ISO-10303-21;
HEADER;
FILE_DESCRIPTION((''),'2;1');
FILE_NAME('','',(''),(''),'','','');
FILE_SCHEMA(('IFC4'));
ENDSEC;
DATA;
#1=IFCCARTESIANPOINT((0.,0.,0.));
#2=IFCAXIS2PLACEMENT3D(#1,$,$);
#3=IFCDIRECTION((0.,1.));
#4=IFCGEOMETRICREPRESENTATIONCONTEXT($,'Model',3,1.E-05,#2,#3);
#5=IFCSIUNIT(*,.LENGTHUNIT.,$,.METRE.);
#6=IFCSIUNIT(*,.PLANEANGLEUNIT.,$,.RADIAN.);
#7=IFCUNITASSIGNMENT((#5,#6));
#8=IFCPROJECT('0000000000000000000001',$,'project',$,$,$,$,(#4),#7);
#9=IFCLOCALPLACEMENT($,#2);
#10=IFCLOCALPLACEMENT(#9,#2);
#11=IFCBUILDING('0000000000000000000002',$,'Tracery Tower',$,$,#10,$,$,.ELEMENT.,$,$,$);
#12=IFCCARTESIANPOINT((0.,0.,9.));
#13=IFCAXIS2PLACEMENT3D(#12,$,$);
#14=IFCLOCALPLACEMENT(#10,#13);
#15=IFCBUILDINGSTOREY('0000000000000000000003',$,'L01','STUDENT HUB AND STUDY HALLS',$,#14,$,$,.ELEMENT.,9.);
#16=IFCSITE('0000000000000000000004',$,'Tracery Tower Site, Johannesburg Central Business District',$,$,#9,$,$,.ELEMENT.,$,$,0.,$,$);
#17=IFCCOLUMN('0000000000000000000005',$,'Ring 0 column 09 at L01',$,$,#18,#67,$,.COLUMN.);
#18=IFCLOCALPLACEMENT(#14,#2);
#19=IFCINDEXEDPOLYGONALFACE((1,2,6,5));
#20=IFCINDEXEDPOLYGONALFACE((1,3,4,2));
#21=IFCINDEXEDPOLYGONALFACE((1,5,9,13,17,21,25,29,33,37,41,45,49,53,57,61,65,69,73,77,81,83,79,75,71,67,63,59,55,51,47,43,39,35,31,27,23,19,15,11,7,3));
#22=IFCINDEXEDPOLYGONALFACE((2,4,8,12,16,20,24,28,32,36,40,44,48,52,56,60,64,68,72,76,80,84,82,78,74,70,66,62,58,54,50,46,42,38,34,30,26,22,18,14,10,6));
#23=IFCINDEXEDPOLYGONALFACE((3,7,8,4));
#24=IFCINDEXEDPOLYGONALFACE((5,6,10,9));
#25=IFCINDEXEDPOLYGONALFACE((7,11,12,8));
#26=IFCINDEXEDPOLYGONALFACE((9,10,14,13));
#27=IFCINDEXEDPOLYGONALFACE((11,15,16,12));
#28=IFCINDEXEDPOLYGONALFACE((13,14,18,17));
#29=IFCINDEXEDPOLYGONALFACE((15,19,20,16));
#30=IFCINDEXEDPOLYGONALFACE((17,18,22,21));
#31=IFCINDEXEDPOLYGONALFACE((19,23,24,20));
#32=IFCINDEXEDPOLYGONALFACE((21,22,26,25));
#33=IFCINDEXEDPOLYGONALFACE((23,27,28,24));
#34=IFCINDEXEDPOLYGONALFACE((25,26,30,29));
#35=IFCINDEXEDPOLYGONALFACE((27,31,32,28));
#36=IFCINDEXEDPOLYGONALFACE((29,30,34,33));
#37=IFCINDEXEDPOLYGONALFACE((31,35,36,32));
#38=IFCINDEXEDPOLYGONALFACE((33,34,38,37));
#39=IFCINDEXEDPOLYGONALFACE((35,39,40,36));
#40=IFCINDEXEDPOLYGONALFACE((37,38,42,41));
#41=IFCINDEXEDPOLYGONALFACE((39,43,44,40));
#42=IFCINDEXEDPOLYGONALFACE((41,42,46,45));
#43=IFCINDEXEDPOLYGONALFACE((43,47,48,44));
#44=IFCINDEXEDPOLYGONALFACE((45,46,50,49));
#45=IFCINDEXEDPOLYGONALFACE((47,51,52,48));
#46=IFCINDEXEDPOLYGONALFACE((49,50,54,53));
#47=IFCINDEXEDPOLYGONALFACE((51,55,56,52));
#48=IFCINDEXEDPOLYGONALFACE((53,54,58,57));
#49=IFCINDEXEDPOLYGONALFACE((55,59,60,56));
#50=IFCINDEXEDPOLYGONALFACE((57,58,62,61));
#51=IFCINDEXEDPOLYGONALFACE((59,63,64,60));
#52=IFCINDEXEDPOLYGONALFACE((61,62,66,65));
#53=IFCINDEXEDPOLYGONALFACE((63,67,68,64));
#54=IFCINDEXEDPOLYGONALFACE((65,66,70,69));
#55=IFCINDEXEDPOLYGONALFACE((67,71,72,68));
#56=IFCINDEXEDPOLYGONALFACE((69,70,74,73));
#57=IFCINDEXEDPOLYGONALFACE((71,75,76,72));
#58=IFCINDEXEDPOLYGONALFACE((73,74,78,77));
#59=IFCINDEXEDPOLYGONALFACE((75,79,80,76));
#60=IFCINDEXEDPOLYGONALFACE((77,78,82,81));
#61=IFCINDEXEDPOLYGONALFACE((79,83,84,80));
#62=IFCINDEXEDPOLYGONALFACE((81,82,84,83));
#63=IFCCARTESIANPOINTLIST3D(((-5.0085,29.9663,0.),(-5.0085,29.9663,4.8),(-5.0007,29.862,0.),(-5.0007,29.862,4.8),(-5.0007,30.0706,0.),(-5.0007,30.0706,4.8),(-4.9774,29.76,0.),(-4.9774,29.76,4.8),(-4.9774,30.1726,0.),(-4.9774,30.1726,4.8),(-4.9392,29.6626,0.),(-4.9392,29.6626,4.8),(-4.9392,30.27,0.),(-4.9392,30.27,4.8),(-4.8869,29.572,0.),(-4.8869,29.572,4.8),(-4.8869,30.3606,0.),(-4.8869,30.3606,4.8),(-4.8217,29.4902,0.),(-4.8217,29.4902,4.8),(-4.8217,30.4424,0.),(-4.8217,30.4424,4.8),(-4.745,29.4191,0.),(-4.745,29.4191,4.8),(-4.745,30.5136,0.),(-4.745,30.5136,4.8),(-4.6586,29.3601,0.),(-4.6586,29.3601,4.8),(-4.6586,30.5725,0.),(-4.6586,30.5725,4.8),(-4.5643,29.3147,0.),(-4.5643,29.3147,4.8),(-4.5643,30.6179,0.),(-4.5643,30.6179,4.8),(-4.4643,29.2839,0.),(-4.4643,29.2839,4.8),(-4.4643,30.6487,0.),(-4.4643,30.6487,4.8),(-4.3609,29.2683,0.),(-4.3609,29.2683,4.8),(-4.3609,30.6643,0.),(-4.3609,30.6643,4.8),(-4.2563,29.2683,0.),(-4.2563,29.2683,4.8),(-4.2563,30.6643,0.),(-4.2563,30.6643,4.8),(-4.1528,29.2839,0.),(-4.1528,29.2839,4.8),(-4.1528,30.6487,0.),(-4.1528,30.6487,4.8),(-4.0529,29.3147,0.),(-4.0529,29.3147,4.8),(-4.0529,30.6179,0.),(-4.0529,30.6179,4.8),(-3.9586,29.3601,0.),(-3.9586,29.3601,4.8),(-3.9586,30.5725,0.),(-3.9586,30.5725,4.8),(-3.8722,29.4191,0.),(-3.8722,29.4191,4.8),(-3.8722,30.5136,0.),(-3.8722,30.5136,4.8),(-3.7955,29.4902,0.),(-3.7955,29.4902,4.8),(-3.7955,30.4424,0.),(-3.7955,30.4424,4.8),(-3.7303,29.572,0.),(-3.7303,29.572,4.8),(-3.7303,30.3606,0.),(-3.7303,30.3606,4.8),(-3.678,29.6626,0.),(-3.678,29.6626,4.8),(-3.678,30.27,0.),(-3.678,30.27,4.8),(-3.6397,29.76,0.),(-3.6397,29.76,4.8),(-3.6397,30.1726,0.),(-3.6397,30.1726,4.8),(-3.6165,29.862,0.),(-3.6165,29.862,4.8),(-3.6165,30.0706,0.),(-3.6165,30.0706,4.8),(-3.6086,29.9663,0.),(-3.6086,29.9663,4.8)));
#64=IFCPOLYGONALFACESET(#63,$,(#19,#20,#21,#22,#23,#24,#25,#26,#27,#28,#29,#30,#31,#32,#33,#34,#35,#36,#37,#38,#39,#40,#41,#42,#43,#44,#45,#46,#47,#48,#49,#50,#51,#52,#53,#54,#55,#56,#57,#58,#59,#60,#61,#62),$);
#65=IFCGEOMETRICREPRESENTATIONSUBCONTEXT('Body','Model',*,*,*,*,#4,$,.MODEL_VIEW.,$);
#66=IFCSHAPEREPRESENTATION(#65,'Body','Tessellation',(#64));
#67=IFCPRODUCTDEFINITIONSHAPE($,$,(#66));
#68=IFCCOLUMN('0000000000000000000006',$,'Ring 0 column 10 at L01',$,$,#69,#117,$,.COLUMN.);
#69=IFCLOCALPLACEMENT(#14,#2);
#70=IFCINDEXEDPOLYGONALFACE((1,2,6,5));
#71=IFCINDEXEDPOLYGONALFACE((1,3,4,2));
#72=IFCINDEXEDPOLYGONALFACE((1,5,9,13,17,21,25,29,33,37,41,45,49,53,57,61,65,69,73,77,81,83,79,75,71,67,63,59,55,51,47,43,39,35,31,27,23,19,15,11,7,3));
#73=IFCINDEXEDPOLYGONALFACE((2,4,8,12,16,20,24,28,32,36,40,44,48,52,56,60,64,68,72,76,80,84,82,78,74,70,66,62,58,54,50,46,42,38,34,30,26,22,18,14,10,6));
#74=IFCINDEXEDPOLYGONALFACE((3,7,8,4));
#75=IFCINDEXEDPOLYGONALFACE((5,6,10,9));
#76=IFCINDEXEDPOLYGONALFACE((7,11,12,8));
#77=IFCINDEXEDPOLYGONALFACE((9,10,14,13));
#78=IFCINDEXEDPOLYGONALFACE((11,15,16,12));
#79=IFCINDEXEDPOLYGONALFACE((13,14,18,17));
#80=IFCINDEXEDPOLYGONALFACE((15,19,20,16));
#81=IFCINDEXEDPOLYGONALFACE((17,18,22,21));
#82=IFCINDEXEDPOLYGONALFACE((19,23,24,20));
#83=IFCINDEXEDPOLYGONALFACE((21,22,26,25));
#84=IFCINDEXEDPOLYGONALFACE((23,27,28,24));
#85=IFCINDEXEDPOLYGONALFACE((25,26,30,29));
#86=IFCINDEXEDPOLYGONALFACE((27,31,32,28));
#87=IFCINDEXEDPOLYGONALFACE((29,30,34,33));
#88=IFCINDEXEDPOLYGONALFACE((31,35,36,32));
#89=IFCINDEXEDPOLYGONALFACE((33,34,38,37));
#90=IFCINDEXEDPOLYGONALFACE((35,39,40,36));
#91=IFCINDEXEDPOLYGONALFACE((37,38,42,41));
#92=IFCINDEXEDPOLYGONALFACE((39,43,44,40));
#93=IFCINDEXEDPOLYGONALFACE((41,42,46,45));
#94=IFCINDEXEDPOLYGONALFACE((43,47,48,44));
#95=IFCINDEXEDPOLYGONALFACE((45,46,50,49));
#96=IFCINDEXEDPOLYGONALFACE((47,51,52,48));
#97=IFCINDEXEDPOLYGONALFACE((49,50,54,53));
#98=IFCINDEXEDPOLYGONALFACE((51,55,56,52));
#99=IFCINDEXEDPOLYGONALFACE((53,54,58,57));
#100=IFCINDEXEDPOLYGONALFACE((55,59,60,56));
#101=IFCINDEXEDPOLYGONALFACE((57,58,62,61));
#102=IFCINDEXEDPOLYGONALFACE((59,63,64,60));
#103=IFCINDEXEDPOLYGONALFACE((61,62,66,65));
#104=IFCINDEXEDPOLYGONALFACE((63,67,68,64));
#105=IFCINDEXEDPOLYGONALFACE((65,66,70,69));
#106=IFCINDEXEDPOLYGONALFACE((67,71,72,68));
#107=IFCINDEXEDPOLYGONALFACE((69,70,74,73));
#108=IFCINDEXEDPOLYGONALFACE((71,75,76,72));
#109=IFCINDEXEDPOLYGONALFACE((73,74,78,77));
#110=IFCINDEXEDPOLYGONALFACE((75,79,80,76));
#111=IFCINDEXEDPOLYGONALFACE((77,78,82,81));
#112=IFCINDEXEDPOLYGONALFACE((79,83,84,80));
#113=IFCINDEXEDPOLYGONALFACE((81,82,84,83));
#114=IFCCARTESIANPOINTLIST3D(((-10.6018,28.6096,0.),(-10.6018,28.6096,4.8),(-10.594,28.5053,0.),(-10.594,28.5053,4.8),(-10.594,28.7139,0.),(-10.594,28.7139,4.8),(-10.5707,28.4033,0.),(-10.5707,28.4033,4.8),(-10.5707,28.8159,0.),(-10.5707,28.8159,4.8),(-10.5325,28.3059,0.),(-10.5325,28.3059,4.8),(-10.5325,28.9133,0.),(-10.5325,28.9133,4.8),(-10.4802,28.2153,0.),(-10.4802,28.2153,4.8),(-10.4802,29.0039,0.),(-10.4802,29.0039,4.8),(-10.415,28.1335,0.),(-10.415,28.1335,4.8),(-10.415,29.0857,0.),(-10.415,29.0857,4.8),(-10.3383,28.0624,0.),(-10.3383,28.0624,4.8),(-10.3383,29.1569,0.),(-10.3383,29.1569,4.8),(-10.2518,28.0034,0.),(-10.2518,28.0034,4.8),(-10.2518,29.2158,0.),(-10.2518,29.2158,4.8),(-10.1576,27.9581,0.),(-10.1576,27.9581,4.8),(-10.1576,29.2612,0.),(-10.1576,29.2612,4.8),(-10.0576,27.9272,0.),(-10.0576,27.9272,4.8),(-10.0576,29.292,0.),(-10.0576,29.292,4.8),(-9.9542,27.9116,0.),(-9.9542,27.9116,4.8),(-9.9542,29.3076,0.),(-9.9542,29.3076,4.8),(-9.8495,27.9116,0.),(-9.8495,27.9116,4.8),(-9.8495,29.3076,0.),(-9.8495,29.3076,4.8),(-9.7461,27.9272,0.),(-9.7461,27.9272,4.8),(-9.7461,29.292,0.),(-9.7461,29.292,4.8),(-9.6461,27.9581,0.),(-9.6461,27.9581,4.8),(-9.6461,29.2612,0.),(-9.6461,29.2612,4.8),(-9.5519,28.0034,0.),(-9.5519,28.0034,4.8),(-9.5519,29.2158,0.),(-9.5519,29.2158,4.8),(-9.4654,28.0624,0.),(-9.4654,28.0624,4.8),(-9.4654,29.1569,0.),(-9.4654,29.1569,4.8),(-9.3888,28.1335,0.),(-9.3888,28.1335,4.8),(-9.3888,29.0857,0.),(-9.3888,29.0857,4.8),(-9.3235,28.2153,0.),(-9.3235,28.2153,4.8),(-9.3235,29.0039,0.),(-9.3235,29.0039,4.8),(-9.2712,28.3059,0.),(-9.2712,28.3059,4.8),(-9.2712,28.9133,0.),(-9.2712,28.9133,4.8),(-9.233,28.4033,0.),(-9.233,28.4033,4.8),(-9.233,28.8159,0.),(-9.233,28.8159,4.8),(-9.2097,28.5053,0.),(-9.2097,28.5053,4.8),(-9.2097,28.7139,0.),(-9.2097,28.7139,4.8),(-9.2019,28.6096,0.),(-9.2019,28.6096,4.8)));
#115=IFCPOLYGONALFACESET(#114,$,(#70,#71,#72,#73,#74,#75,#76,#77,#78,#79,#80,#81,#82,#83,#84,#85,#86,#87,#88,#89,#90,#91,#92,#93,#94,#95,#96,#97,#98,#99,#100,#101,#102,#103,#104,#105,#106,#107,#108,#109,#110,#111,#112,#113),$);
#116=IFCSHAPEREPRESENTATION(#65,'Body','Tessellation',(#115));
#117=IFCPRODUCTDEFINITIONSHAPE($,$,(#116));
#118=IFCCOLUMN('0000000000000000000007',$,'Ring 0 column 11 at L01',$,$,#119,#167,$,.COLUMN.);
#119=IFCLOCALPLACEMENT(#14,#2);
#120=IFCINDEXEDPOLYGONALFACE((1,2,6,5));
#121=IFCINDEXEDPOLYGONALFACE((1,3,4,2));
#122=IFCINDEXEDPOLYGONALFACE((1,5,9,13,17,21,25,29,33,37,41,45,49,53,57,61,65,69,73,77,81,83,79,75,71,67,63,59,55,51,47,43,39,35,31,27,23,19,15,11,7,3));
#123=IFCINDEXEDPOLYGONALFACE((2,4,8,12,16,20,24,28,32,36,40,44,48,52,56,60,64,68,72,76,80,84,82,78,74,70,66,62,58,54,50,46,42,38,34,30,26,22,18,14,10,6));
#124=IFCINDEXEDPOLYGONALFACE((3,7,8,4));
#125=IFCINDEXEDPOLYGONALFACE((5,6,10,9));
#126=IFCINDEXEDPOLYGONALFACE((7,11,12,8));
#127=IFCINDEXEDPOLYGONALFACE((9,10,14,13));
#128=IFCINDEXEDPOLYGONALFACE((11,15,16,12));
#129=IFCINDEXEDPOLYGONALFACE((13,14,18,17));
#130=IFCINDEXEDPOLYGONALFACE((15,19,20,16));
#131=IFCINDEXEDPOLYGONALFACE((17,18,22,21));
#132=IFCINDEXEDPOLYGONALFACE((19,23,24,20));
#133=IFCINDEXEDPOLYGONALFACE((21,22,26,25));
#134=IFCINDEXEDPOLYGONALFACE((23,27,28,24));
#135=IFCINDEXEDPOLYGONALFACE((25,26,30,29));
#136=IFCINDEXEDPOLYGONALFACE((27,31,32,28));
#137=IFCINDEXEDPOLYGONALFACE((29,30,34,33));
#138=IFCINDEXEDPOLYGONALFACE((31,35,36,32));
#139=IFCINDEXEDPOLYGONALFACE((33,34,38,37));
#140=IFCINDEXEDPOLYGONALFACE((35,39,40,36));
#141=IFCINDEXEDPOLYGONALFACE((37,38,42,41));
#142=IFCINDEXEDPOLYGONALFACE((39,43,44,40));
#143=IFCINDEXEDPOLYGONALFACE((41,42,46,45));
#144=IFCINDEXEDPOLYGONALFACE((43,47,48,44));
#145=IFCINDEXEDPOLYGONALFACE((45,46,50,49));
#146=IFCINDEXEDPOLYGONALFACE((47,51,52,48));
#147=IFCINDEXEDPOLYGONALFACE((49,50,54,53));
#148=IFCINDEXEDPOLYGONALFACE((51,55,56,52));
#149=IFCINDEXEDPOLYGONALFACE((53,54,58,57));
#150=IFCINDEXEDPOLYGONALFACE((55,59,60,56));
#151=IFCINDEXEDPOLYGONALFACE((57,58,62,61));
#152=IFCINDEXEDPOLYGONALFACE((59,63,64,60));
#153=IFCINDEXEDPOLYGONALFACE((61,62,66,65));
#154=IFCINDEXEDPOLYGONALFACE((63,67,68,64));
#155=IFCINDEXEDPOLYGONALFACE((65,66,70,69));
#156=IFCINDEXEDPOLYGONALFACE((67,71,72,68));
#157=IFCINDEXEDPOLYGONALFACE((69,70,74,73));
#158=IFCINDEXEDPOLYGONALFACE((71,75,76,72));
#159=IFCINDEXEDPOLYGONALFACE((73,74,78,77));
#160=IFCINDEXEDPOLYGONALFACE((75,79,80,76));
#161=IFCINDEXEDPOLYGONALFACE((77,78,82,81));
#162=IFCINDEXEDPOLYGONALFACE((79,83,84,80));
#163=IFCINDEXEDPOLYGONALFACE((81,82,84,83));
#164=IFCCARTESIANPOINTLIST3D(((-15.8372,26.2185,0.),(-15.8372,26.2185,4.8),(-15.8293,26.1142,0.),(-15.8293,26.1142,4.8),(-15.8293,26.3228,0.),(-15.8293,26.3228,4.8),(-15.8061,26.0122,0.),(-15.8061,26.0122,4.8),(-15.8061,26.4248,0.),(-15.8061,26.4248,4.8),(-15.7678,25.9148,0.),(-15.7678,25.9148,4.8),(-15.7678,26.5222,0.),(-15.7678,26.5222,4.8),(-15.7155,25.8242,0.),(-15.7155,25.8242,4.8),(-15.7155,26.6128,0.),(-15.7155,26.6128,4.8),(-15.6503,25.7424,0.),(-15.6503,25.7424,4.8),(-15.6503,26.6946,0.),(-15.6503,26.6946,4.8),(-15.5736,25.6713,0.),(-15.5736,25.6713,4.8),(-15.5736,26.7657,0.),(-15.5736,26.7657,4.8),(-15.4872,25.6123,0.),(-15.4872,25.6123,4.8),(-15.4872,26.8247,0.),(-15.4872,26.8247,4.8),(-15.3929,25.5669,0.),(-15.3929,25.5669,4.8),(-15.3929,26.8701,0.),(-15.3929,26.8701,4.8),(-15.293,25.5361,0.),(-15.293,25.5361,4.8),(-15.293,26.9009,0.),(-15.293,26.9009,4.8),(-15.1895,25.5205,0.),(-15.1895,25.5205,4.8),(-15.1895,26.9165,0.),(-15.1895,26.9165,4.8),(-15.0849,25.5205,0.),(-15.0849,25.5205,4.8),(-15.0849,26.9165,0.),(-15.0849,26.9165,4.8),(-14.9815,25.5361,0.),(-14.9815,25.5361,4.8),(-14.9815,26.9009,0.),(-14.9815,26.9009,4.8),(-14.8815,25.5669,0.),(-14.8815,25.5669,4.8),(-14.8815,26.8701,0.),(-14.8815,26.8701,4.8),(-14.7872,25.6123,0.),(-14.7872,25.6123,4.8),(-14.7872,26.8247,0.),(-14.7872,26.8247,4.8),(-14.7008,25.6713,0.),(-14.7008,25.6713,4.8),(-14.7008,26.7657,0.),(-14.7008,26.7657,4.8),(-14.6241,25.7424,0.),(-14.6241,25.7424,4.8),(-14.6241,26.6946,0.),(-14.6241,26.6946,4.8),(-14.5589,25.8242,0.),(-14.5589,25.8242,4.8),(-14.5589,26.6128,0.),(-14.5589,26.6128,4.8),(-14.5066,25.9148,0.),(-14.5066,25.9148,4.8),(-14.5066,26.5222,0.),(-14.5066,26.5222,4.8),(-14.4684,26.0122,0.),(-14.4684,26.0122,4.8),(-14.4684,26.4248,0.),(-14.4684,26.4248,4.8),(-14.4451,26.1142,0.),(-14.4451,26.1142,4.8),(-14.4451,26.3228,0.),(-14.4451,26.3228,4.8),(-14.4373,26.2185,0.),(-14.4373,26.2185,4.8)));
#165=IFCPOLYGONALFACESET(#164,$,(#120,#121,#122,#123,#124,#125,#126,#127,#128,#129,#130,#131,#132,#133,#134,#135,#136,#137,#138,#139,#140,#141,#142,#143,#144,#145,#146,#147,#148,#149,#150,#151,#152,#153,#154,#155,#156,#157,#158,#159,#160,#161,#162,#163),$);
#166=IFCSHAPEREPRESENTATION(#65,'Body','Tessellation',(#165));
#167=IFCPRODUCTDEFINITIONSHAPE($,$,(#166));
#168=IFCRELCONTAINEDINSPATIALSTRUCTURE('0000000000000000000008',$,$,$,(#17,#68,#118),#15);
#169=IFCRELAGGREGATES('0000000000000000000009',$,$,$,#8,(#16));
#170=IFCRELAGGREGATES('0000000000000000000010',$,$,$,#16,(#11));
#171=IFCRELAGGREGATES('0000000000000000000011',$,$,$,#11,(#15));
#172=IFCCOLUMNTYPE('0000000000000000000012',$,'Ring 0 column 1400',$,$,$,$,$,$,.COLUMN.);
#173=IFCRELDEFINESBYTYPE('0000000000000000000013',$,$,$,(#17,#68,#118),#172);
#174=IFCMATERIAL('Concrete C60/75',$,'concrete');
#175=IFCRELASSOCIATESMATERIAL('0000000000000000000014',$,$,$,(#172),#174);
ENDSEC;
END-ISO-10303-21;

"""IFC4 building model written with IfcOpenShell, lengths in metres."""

from ifc_helpers import new_model, si_unit, direction, frame, origin, origin_2d, place, context, subcontext, project, spatial, circle, extrude, material, material_profile, profile_set, type_object, element, save


model = new_model("IFC4")

# Units and contexts
model_context = context("Model", 3, precision=1e-05, world=origin(), true_north=direction((0.0, 1.0)))
body_context = subcontext(model_context, "Body", "Model", "MODEL_VIEW")
ifc_project = project(units=[si_unit("LENGTHUNIT", "METRE"), si_unit("PLANEANGLEUNIT", "RADIAN")], contexts=[model_context])

# Site, building, storey
site_placement = place(None, origin())
site = spatial("IfcSite", under=ifc_project, at=site_placement, Name="Tracery Tower Site, Johannesburg Central Business District", CompositionType="ELEMENT", RefElevation=0.0)
building_placement = place(site_placement, origin())
building = spatial("IfcBuilding", under=site, at=building_placement, Name="Tracery Tower", CompositionType="ELEMENT")
storey_placement = place(building_placement, frame((0.0, 0.0, 9.0)))
storey = spatial("IfcBuildingStorey", under=building, at=storey_placement, Name="L01", Description="STUDENT HUB AND STUDY HALLS", CompositionType="ELEMENT", Elevation=9.0)

# Columns
ifc_material_1 = material(Name="Concrete C60/75", Category="concrete")
ifc_material_profile_1 = material_profile(ifc_material_1, circle(Radius=0.7, at=origin_2d()), Name="RC D1400")
ifc_profile_set_1 = profile_set([ifc_material_profile_1], Name="Concrete C60/75")
column_type_1 = type_object("IfcColumnType", Name="Ring 0 column 1400", PredefinedType="COLUMN", material=ifc_profile_set_1)
for number, where, z_axis, x_axis, name in (
    (1, (-4.3086, 29.9663, 0.0), (0.0, 0.0, 1.0), (1.0, 0.0, 0.0), "Ring 0 column 09 at L01"),
    (2, (-9.9019, 28.6096, 0.0), (0.0, 0.0, 1.0), (1.0, 0.0, 0.0), "Ring 0 column 10 at L01"),
    (3, (-15.1372, 26.2185, 0.0), (0.0, 0.0, 1.0), (1.0, 0.0, 0.0), "Ring 0 column 11 at L01"),
):
    element("IfcColumn", number, at=place(storey_placement, frame(where, z_axis=z_axis, x_axis=x_axis)), inside=storey, type_object=column_type_1, Name=name, PredefinedType="COLUMN", context=body_context, shape_type="SweptSolid", body=[
        extrude(circle(Radius=0.7, at=origin_2d()), origin(), (0.0, 0.0, 1.0), 4.8),
    ])

save(model, "model.ifc")
